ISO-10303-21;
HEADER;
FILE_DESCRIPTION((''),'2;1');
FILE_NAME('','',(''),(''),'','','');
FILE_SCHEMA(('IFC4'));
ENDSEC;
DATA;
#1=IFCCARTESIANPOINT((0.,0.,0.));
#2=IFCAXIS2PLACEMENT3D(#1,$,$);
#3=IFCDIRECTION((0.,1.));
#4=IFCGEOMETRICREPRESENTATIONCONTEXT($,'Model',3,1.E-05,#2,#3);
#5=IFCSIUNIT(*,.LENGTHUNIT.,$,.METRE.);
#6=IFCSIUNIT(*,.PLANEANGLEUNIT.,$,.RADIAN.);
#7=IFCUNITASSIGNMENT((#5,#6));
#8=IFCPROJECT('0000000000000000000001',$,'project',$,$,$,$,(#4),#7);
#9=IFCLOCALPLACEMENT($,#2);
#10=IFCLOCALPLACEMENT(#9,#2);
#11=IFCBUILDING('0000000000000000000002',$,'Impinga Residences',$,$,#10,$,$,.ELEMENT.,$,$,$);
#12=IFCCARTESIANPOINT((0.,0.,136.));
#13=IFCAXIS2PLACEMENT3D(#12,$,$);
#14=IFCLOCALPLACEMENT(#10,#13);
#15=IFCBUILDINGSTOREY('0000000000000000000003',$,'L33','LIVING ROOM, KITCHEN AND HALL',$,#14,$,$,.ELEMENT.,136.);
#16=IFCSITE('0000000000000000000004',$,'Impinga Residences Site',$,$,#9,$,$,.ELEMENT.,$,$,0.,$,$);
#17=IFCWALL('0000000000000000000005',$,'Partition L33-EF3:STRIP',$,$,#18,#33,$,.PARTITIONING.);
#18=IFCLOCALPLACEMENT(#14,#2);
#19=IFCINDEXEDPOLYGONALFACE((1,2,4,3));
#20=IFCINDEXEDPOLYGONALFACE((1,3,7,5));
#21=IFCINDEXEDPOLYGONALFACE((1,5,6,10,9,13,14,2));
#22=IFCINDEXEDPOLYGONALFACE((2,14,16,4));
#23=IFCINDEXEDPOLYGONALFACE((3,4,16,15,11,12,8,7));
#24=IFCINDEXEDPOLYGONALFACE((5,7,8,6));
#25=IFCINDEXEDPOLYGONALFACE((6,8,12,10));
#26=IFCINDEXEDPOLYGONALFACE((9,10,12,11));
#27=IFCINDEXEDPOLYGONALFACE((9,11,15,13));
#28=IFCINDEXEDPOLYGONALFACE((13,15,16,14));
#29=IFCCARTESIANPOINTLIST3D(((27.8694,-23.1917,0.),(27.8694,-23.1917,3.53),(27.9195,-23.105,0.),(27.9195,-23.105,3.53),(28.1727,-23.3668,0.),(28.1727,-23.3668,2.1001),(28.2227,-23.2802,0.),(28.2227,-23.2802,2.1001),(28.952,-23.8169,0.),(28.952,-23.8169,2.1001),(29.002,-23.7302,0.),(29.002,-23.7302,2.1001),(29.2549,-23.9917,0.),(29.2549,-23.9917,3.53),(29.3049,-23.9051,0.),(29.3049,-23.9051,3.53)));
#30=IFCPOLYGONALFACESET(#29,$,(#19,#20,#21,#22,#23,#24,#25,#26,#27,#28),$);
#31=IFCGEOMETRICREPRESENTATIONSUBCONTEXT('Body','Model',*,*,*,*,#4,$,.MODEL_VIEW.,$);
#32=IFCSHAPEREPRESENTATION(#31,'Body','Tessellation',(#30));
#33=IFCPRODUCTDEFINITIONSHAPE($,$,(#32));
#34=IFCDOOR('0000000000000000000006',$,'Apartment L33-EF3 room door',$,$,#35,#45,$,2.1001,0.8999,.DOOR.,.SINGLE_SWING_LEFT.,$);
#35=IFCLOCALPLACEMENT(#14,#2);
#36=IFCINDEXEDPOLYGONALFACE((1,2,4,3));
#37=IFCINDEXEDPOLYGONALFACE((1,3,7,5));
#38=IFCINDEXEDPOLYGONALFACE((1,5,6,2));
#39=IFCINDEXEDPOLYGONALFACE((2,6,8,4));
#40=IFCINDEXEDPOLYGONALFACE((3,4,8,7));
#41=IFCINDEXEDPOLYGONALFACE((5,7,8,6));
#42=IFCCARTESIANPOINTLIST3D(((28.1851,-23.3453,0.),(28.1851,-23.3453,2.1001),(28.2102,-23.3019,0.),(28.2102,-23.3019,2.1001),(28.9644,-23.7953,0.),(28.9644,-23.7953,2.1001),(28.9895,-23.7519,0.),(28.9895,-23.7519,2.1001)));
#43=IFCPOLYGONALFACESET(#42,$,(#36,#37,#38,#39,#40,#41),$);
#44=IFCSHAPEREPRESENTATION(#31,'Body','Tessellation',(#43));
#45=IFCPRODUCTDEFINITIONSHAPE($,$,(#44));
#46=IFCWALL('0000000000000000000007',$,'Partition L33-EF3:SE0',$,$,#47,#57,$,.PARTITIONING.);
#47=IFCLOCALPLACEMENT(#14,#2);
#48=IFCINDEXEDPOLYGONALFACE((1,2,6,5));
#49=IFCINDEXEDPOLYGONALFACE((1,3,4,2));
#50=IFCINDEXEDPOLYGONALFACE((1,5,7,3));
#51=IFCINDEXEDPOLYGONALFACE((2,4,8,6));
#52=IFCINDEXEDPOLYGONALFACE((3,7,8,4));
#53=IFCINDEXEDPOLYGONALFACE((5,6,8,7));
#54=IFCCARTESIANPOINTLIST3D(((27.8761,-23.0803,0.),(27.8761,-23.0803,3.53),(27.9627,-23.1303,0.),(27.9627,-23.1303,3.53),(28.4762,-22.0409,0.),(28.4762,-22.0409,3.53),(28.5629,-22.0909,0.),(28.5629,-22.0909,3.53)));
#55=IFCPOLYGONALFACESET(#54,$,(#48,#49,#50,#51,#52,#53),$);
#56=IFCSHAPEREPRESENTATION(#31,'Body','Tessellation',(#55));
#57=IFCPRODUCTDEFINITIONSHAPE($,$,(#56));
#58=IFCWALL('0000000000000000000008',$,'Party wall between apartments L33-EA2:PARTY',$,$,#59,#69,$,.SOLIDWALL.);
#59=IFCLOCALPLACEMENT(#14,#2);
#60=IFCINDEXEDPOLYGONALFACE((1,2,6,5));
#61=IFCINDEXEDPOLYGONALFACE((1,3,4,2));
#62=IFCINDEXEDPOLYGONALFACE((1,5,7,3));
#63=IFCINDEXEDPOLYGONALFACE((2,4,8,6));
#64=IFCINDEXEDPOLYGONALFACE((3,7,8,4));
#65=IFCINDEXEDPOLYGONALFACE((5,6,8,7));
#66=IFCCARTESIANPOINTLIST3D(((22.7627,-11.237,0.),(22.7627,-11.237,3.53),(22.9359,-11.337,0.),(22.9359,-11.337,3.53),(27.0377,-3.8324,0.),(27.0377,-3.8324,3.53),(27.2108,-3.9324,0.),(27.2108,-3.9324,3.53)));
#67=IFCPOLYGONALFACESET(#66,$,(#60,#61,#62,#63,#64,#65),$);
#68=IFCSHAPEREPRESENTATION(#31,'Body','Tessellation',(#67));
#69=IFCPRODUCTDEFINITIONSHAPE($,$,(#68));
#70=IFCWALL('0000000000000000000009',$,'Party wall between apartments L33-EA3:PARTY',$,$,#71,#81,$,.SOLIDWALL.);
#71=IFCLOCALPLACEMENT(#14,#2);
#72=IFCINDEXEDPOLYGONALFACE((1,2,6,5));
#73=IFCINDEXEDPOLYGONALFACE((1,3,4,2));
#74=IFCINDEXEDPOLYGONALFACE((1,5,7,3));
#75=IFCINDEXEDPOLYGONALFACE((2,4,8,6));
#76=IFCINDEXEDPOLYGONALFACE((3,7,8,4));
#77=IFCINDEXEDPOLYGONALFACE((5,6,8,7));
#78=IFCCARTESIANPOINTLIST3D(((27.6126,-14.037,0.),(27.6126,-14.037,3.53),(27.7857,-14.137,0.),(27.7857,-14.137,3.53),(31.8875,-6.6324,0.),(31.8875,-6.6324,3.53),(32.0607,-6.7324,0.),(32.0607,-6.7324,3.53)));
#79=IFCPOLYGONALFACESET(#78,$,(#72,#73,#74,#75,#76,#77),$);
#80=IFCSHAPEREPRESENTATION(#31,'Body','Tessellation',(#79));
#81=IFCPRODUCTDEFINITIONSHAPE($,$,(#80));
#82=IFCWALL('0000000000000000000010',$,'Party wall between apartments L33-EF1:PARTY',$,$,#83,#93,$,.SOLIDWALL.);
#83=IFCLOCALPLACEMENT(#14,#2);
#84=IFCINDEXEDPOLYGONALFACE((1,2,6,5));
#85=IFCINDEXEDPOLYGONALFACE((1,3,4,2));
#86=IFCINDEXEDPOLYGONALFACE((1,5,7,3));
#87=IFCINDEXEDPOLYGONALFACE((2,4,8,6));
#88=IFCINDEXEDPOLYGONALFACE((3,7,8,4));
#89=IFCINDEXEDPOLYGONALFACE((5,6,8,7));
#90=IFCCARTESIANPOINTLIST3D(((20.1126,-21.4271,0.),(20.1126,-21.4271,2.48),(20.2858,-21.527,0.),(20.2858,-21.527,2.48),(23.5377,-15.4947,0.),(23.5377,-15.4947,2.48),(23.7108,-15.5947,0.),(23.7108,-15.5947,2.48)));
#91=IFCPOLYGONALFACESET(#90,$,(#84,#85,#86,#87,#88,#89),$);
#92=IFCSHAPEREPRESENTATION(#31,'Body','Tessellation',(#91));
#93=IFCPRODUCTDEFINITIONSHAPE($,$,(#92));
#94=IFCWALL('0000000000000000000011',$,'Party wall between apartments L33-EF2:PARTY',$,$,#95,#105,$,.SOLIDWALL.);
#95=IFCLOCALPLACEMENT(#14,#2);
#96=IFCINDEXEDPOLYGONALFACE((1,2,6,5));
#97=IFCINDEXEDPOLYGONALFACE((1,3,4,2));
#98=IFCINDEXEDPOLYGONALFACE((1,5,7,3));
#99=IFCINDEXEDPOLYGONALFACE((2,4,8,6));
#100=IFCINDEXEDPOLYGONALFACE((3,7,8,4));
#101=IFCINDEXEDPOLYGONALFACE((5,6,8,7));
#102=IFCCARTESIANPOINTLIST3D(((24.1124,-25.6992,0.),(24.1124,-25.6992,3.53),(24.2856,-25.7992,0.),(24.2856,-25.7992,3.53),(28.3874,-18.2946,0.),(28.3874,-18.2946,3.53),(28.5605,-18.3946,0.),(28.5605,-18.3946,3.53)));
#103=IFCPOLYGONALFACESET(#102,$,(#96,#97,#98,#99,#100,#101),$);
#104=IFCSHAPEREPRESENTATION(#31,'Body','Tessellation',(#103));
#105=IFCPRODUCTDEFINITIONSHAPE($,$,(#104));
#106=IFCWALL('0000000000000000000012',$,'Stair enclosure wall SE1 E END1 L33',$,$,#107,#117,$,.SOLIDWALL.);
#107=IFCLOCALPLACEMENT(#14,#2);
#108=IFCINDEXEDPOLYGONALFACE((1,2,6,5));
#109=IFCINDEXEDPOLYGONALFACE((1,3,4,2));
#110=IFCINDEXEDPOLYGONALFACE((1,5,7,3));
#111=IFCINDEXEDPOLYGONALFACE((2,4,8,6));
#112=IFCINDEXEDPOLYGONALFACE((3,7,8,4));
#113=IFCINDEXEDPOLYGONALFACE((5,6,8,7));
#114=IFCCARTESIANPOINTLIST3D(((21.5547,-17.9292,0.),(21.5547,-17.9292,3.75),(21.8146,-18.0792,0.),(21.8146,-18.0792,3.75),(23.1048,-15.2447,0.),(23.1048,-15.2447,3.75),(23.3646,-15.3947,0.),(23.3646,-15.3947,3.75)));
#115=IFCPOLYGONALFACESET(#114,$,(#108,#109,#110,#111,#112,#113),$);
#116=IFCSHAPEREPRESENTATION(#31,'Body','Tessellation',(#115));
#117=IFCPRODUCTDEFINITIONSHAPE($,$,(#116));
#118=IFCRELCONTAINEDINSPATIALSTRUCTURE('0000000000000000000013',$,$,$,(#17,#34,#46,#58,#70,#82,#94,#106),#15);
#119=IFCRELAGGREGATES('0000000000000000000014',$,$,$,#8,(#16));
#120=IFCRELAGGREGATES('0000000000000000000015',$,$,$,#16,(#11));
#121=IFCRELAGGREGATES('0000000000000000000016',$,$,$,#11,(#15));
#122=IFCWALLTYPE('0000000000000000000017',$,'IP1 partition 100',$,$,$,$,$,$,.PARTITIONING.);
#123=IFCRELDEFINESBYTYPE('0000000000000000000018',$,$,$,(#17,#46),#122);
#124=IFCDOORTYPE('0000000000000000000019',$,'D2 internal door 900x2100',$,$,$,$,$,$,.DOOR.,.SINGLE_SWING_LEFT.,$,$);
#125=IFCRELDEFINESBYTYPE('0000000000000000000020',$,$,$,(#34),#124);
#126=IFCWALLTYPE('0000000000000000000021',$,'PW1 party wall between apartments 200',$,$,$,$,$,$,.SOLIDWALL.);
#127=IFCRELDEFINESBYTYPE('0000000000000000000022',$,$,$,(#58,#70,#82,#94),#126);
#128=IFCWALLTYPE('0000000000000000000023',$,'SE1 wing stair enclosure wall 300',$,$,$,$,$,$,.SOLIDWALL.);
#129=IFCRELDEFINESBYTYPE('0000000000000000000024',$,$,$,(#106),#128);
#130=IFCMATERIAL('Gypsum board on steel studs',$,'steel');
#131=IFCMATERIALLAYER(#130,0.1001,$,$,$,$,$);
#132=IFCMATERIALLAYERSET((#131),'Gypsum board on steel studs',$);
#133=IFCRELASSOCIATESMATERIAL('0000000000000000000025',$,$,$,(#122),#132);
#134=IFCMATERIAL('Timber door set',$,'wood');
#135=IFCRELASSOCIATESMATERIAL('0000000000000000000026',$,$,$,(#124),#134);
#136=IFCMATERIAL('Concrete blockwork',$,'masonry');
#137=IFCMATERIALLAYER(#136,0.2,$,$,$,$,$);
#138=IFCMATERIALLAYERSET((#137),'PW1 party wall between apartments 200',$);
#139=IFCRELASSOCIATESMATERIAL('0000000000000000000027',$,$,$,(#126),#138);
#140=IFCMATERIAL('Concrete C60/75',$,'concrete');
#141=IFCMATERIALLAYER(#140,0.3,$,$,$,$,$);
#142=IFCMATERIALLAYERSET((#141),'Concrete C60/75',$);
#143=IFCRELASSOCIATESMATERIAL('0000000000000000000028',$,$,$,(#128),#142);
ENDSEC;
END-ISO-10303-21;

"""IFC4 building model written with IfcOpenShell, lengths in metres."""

from ifc_helpers import new_model, si_unit, direction, frame, frame_2d, origin, place, context, subcontext, project, spatial, rectangle, extrude, material, layer, layer_set, type_object, element, fill, save


model = new_model("IFC4")

# Units and contexts
model_context = context("Model", 3, precision=1e-05, world=origin(), true_north=direction((0.0, 1.0)))
body_context = subcontext(model_context, "Body", "Model", "MODEL_VIEW")
ifc_project = project(units=[si_unit("LENGTHUNIT", "METRE"), si_unit("PLANEANGLEUNIT", "RADIAN")], contexts=[model_context])

# Site, building, storey
site_placement = place(None, origin())
site = spatial("IfcSite", under=ifc_project, at=site_placement, Name="Impinga Residences Site", CompositionType="ELEMENT", RefElevation=0.0)
building_placement = place(site_placement, origin())
building = spatial("IfcBuilding", under=site, at=building_placement, Name="Impinga Residences", CompositionType="ELEMENT")
storey_placement = place(building_placement, frame((0.0, 0.0, 136.0)))
storey = spatial("IfcBuildingStorey", under=building, at=storey_placement, Name="L33", Description="LIVING ROOM, KITCHEN AND HALL", CompositionType="ELEMENT", Elevation=136.0)

# Shared definitions
ifc_material_1 = material(Name="Concrete C60/75", Category="concrete")

# Shared definitions
ifc_material_2 = material(Name="Gypsum board on steel studs", Category="steel")
ifc_layer_1 = layer(ifc_material_2, 0.1001)
ifc_layer_set_1 = layer_set([ifc_layer_1], Name="Gypsum board on steel studs")
wall_type_1 = type_object("IfcWallType", Name="IP1 partition 100", PredefinedType="PARTITIONING", material=ifc_layer_set_1)
ifc_material_3 = material(Name="Timber door set", Category="wood")
door_type = type_object("IfcDoorType", Name="D2 internal door 900x2100", OperationType="SINGLE_SWING_LEFT", PredefinedType="DOOR", material=ifc_material_3)

# Wall, opening, door
wall_1_placement = place(storey_placement, frame((27.8945, -23.1484, 0.0), z_axis=(0.0, 0.0, 1.0), x_axis=(0.86599, -0.500061, 0.0)))
wall_1 = element("IfcWall", 1, at=wall_1_placement, inside=storey, type_object=wall_type_1, Name="Partition L33-EF3:STRIP", PredefinedType="PARTITIONING", context=body_context, shape_type="SweptSolid", body=[
    extrude(rectangle(XDim=1.5999, YDim=0.1001, at=frame_2d((0.7998, 0.0))), origin(), (0.0, 0.0, 1.0), 3.53),
])
opening_1_placement = place(wall_1_placement, frame((0.3501, 0.0, 0.0)))
opening_1 = element("IfcOpeningElement", 2, at=opening_1_placement, cuts=wall_1, PredefinedType="OPENING", context=body_context, shape_type="SweptSolid", body=[
    extrude(rectangle(XDim=0.8999, YDim=2.1001, at=frame_2d((0.45, 1.05))), frame((0.0, 0.0601, 0.0), z_axis=(0.0, -1.0, 0.0), x_axis=(1.0, 0.0, 0.0)), (0.0, 0.0, 1.0), 0.1201),
])
door_1_placement = place(opening_1_placement, origin())
door_1 = element("IfcDoor", 3, at=door_1_placement, inside=storey, type_object=door_type, Name="Apartment L33-EF3 room door", OperationType="SINGLE_SWING_LEFT", OverallHeight=2.1001, OverallWidth=0.8999, PredefinedType="DOOR", context=body_context, shape_type="SweptSolid", body=[
    extrude(rectangle(XDim=0.8999, YDim=2.1001, at=frame_2d((0.45, 1.05))), frame((0.0, 0.0249, 0.0), z_axis=(0.0, -1.0, 0.0), x_axis=(1.0, 0.0, 0.0)), (0.0, 0.0, 1.0), 0.05),
])
fill(opening_1, door_1)

# Walls
wall_2_placement = place(storey_placement, frame((28.5195, -22.0659, 0.0), z_axis=(0.0, 0.0, 1.0), x_axis=(-0.500034, -0.866006, 0.0)))
element("IfcWall", 4, at=wall_2_placement, inside=storey, type_object=wall_type_1, Name="Partition L33-EF3:SE0", PredefinedType="PARTITIONING", context=body_context, shape_type="SweptSolid", body=[
    extrude(rectangle(XDim=1.2002, YDim=0.1001, at=frame_2d((0.6001, 0.0))), origin(), (0.0, 0.0, 1.0), 3.53),
])
ifc_material_4 = material(Name="Concrete blockwork", Category="masonry")
ifc_layer_2 = layer(ifc_material_4, 0.2)
ifc_layer_set_2 = layer_set([ifc_layer_2], Name="PW1 party wall between apartments 200")
wall_type_2 = type_object("IfcWallType", Name="PW1 party wall between apartments 200", PredefinedType="SOLIDWALL", material=ifc_layer_set_2)
for number, where, z_axis, x_axis, name in (
    (5, (22.8494, -11.2869, 0.0), (0.0, 0.0, 1.0), (0.49999, 0.866031, 0.0), "Party wall between apartments L33-EA2:PARTY"),
    (6, (27.6992, -14.0869, 0.0), (0.0, 0.0, 1.0), (0.49999, 0.866031, 0.0), "Party wall between apartments L33-EA3:PARTY"),
):
    element("IfcWall", number, at=place(storey_placement, frame(where, z_axis=z_axis, x_axis=x_axis)), inside=storey, type_object=wall_type_2, Name=name, PredefinedType="SOLIDWALL", context=body_context, shape_type="SweptSolid", body=[
        extrude(rectangle(XDim=8.55, YDim=0.2, at=frame_2d((4.2749, 0.0))), origin(), (0.0, 0.0, 1.0), 3.53),
    ])
wall_3_placement = place(storey_placement, frame((23.6243, -15.5447, 0.0), z_axis=(0.0, 0.0, 1.0), x_axis=(-0.499999, -0.866026, 0.0)))
element("IfcWall", 7, at=wall_3_placement, inside=storey, type_object=wall_type_2, Name="Party wall between apartments L33-EF1:PARTY", PredefinedType="SOLIDWALL", context=body_context, shape_type="SweptSolid", body=[
    extrude(rectangle(XDim=6.8501, YDim=0.2, at=frame_2d((3.425, 0.0))), origin(), (0.0, 0.0, 1.0), 2.48),
])
wall_4_placement = place(storey_placement, frame((28.4739, -18.3447, 0.0), z_axis=(0.0, 0.0, 1.0), x_axis=(-0.49999, -0.866031, 0.0)))
element("IfcWall", 8, at=wall_4_placement, inside=storey, type_object=wall_type_2, Name="Party wall between apartments L33-EF2:PARTY", PredefinedType="SOLIDWALL", context=body_context, shape_type="SweptSolid", body=[
    extrude(rectangle(XDim=8.55, YDim=0.2, at=frame_2d((4.2749, 0.0))), origin(), (0.0, 0.0, 1.0), 3.53),
])
ifc_layer_3 = layer(ifc_material_1, 0.3)
ifc_layer_set_3 = layer_set([ifc_layer_3], Name="Concrete C60/75")
wall_type_3 = type_object("IfcWallType", Name="SE1 wing stair enclosure wall 300", PredefinedType="SOLIDWALL", material=ifc_layer_set_3)
wall_5_placement = place(storey_placement, frame((23.2346, -15.3198, 0.0), z_axis=(0.0, 0.0, 1.0), x_axis=(-0.500027, -0.86601, 0.0)))
element("IfcWall", 9, at=wall_5_placement, inside=storey, type_object=wall_type_3, Name="Stair enclosure wall SE1 E END1 L33", PredefinedType="SOLIDWALL", context=body_context, shape_type="SweptSolid", body=[
    extrude(rectangle(XDim=3.0999, YDim=0.3, at=frame_2d((1.5498, 0.0))), origin(), (0.0, 0.0, 1.0), 3.75),
])

save(model, "model.ifc")
